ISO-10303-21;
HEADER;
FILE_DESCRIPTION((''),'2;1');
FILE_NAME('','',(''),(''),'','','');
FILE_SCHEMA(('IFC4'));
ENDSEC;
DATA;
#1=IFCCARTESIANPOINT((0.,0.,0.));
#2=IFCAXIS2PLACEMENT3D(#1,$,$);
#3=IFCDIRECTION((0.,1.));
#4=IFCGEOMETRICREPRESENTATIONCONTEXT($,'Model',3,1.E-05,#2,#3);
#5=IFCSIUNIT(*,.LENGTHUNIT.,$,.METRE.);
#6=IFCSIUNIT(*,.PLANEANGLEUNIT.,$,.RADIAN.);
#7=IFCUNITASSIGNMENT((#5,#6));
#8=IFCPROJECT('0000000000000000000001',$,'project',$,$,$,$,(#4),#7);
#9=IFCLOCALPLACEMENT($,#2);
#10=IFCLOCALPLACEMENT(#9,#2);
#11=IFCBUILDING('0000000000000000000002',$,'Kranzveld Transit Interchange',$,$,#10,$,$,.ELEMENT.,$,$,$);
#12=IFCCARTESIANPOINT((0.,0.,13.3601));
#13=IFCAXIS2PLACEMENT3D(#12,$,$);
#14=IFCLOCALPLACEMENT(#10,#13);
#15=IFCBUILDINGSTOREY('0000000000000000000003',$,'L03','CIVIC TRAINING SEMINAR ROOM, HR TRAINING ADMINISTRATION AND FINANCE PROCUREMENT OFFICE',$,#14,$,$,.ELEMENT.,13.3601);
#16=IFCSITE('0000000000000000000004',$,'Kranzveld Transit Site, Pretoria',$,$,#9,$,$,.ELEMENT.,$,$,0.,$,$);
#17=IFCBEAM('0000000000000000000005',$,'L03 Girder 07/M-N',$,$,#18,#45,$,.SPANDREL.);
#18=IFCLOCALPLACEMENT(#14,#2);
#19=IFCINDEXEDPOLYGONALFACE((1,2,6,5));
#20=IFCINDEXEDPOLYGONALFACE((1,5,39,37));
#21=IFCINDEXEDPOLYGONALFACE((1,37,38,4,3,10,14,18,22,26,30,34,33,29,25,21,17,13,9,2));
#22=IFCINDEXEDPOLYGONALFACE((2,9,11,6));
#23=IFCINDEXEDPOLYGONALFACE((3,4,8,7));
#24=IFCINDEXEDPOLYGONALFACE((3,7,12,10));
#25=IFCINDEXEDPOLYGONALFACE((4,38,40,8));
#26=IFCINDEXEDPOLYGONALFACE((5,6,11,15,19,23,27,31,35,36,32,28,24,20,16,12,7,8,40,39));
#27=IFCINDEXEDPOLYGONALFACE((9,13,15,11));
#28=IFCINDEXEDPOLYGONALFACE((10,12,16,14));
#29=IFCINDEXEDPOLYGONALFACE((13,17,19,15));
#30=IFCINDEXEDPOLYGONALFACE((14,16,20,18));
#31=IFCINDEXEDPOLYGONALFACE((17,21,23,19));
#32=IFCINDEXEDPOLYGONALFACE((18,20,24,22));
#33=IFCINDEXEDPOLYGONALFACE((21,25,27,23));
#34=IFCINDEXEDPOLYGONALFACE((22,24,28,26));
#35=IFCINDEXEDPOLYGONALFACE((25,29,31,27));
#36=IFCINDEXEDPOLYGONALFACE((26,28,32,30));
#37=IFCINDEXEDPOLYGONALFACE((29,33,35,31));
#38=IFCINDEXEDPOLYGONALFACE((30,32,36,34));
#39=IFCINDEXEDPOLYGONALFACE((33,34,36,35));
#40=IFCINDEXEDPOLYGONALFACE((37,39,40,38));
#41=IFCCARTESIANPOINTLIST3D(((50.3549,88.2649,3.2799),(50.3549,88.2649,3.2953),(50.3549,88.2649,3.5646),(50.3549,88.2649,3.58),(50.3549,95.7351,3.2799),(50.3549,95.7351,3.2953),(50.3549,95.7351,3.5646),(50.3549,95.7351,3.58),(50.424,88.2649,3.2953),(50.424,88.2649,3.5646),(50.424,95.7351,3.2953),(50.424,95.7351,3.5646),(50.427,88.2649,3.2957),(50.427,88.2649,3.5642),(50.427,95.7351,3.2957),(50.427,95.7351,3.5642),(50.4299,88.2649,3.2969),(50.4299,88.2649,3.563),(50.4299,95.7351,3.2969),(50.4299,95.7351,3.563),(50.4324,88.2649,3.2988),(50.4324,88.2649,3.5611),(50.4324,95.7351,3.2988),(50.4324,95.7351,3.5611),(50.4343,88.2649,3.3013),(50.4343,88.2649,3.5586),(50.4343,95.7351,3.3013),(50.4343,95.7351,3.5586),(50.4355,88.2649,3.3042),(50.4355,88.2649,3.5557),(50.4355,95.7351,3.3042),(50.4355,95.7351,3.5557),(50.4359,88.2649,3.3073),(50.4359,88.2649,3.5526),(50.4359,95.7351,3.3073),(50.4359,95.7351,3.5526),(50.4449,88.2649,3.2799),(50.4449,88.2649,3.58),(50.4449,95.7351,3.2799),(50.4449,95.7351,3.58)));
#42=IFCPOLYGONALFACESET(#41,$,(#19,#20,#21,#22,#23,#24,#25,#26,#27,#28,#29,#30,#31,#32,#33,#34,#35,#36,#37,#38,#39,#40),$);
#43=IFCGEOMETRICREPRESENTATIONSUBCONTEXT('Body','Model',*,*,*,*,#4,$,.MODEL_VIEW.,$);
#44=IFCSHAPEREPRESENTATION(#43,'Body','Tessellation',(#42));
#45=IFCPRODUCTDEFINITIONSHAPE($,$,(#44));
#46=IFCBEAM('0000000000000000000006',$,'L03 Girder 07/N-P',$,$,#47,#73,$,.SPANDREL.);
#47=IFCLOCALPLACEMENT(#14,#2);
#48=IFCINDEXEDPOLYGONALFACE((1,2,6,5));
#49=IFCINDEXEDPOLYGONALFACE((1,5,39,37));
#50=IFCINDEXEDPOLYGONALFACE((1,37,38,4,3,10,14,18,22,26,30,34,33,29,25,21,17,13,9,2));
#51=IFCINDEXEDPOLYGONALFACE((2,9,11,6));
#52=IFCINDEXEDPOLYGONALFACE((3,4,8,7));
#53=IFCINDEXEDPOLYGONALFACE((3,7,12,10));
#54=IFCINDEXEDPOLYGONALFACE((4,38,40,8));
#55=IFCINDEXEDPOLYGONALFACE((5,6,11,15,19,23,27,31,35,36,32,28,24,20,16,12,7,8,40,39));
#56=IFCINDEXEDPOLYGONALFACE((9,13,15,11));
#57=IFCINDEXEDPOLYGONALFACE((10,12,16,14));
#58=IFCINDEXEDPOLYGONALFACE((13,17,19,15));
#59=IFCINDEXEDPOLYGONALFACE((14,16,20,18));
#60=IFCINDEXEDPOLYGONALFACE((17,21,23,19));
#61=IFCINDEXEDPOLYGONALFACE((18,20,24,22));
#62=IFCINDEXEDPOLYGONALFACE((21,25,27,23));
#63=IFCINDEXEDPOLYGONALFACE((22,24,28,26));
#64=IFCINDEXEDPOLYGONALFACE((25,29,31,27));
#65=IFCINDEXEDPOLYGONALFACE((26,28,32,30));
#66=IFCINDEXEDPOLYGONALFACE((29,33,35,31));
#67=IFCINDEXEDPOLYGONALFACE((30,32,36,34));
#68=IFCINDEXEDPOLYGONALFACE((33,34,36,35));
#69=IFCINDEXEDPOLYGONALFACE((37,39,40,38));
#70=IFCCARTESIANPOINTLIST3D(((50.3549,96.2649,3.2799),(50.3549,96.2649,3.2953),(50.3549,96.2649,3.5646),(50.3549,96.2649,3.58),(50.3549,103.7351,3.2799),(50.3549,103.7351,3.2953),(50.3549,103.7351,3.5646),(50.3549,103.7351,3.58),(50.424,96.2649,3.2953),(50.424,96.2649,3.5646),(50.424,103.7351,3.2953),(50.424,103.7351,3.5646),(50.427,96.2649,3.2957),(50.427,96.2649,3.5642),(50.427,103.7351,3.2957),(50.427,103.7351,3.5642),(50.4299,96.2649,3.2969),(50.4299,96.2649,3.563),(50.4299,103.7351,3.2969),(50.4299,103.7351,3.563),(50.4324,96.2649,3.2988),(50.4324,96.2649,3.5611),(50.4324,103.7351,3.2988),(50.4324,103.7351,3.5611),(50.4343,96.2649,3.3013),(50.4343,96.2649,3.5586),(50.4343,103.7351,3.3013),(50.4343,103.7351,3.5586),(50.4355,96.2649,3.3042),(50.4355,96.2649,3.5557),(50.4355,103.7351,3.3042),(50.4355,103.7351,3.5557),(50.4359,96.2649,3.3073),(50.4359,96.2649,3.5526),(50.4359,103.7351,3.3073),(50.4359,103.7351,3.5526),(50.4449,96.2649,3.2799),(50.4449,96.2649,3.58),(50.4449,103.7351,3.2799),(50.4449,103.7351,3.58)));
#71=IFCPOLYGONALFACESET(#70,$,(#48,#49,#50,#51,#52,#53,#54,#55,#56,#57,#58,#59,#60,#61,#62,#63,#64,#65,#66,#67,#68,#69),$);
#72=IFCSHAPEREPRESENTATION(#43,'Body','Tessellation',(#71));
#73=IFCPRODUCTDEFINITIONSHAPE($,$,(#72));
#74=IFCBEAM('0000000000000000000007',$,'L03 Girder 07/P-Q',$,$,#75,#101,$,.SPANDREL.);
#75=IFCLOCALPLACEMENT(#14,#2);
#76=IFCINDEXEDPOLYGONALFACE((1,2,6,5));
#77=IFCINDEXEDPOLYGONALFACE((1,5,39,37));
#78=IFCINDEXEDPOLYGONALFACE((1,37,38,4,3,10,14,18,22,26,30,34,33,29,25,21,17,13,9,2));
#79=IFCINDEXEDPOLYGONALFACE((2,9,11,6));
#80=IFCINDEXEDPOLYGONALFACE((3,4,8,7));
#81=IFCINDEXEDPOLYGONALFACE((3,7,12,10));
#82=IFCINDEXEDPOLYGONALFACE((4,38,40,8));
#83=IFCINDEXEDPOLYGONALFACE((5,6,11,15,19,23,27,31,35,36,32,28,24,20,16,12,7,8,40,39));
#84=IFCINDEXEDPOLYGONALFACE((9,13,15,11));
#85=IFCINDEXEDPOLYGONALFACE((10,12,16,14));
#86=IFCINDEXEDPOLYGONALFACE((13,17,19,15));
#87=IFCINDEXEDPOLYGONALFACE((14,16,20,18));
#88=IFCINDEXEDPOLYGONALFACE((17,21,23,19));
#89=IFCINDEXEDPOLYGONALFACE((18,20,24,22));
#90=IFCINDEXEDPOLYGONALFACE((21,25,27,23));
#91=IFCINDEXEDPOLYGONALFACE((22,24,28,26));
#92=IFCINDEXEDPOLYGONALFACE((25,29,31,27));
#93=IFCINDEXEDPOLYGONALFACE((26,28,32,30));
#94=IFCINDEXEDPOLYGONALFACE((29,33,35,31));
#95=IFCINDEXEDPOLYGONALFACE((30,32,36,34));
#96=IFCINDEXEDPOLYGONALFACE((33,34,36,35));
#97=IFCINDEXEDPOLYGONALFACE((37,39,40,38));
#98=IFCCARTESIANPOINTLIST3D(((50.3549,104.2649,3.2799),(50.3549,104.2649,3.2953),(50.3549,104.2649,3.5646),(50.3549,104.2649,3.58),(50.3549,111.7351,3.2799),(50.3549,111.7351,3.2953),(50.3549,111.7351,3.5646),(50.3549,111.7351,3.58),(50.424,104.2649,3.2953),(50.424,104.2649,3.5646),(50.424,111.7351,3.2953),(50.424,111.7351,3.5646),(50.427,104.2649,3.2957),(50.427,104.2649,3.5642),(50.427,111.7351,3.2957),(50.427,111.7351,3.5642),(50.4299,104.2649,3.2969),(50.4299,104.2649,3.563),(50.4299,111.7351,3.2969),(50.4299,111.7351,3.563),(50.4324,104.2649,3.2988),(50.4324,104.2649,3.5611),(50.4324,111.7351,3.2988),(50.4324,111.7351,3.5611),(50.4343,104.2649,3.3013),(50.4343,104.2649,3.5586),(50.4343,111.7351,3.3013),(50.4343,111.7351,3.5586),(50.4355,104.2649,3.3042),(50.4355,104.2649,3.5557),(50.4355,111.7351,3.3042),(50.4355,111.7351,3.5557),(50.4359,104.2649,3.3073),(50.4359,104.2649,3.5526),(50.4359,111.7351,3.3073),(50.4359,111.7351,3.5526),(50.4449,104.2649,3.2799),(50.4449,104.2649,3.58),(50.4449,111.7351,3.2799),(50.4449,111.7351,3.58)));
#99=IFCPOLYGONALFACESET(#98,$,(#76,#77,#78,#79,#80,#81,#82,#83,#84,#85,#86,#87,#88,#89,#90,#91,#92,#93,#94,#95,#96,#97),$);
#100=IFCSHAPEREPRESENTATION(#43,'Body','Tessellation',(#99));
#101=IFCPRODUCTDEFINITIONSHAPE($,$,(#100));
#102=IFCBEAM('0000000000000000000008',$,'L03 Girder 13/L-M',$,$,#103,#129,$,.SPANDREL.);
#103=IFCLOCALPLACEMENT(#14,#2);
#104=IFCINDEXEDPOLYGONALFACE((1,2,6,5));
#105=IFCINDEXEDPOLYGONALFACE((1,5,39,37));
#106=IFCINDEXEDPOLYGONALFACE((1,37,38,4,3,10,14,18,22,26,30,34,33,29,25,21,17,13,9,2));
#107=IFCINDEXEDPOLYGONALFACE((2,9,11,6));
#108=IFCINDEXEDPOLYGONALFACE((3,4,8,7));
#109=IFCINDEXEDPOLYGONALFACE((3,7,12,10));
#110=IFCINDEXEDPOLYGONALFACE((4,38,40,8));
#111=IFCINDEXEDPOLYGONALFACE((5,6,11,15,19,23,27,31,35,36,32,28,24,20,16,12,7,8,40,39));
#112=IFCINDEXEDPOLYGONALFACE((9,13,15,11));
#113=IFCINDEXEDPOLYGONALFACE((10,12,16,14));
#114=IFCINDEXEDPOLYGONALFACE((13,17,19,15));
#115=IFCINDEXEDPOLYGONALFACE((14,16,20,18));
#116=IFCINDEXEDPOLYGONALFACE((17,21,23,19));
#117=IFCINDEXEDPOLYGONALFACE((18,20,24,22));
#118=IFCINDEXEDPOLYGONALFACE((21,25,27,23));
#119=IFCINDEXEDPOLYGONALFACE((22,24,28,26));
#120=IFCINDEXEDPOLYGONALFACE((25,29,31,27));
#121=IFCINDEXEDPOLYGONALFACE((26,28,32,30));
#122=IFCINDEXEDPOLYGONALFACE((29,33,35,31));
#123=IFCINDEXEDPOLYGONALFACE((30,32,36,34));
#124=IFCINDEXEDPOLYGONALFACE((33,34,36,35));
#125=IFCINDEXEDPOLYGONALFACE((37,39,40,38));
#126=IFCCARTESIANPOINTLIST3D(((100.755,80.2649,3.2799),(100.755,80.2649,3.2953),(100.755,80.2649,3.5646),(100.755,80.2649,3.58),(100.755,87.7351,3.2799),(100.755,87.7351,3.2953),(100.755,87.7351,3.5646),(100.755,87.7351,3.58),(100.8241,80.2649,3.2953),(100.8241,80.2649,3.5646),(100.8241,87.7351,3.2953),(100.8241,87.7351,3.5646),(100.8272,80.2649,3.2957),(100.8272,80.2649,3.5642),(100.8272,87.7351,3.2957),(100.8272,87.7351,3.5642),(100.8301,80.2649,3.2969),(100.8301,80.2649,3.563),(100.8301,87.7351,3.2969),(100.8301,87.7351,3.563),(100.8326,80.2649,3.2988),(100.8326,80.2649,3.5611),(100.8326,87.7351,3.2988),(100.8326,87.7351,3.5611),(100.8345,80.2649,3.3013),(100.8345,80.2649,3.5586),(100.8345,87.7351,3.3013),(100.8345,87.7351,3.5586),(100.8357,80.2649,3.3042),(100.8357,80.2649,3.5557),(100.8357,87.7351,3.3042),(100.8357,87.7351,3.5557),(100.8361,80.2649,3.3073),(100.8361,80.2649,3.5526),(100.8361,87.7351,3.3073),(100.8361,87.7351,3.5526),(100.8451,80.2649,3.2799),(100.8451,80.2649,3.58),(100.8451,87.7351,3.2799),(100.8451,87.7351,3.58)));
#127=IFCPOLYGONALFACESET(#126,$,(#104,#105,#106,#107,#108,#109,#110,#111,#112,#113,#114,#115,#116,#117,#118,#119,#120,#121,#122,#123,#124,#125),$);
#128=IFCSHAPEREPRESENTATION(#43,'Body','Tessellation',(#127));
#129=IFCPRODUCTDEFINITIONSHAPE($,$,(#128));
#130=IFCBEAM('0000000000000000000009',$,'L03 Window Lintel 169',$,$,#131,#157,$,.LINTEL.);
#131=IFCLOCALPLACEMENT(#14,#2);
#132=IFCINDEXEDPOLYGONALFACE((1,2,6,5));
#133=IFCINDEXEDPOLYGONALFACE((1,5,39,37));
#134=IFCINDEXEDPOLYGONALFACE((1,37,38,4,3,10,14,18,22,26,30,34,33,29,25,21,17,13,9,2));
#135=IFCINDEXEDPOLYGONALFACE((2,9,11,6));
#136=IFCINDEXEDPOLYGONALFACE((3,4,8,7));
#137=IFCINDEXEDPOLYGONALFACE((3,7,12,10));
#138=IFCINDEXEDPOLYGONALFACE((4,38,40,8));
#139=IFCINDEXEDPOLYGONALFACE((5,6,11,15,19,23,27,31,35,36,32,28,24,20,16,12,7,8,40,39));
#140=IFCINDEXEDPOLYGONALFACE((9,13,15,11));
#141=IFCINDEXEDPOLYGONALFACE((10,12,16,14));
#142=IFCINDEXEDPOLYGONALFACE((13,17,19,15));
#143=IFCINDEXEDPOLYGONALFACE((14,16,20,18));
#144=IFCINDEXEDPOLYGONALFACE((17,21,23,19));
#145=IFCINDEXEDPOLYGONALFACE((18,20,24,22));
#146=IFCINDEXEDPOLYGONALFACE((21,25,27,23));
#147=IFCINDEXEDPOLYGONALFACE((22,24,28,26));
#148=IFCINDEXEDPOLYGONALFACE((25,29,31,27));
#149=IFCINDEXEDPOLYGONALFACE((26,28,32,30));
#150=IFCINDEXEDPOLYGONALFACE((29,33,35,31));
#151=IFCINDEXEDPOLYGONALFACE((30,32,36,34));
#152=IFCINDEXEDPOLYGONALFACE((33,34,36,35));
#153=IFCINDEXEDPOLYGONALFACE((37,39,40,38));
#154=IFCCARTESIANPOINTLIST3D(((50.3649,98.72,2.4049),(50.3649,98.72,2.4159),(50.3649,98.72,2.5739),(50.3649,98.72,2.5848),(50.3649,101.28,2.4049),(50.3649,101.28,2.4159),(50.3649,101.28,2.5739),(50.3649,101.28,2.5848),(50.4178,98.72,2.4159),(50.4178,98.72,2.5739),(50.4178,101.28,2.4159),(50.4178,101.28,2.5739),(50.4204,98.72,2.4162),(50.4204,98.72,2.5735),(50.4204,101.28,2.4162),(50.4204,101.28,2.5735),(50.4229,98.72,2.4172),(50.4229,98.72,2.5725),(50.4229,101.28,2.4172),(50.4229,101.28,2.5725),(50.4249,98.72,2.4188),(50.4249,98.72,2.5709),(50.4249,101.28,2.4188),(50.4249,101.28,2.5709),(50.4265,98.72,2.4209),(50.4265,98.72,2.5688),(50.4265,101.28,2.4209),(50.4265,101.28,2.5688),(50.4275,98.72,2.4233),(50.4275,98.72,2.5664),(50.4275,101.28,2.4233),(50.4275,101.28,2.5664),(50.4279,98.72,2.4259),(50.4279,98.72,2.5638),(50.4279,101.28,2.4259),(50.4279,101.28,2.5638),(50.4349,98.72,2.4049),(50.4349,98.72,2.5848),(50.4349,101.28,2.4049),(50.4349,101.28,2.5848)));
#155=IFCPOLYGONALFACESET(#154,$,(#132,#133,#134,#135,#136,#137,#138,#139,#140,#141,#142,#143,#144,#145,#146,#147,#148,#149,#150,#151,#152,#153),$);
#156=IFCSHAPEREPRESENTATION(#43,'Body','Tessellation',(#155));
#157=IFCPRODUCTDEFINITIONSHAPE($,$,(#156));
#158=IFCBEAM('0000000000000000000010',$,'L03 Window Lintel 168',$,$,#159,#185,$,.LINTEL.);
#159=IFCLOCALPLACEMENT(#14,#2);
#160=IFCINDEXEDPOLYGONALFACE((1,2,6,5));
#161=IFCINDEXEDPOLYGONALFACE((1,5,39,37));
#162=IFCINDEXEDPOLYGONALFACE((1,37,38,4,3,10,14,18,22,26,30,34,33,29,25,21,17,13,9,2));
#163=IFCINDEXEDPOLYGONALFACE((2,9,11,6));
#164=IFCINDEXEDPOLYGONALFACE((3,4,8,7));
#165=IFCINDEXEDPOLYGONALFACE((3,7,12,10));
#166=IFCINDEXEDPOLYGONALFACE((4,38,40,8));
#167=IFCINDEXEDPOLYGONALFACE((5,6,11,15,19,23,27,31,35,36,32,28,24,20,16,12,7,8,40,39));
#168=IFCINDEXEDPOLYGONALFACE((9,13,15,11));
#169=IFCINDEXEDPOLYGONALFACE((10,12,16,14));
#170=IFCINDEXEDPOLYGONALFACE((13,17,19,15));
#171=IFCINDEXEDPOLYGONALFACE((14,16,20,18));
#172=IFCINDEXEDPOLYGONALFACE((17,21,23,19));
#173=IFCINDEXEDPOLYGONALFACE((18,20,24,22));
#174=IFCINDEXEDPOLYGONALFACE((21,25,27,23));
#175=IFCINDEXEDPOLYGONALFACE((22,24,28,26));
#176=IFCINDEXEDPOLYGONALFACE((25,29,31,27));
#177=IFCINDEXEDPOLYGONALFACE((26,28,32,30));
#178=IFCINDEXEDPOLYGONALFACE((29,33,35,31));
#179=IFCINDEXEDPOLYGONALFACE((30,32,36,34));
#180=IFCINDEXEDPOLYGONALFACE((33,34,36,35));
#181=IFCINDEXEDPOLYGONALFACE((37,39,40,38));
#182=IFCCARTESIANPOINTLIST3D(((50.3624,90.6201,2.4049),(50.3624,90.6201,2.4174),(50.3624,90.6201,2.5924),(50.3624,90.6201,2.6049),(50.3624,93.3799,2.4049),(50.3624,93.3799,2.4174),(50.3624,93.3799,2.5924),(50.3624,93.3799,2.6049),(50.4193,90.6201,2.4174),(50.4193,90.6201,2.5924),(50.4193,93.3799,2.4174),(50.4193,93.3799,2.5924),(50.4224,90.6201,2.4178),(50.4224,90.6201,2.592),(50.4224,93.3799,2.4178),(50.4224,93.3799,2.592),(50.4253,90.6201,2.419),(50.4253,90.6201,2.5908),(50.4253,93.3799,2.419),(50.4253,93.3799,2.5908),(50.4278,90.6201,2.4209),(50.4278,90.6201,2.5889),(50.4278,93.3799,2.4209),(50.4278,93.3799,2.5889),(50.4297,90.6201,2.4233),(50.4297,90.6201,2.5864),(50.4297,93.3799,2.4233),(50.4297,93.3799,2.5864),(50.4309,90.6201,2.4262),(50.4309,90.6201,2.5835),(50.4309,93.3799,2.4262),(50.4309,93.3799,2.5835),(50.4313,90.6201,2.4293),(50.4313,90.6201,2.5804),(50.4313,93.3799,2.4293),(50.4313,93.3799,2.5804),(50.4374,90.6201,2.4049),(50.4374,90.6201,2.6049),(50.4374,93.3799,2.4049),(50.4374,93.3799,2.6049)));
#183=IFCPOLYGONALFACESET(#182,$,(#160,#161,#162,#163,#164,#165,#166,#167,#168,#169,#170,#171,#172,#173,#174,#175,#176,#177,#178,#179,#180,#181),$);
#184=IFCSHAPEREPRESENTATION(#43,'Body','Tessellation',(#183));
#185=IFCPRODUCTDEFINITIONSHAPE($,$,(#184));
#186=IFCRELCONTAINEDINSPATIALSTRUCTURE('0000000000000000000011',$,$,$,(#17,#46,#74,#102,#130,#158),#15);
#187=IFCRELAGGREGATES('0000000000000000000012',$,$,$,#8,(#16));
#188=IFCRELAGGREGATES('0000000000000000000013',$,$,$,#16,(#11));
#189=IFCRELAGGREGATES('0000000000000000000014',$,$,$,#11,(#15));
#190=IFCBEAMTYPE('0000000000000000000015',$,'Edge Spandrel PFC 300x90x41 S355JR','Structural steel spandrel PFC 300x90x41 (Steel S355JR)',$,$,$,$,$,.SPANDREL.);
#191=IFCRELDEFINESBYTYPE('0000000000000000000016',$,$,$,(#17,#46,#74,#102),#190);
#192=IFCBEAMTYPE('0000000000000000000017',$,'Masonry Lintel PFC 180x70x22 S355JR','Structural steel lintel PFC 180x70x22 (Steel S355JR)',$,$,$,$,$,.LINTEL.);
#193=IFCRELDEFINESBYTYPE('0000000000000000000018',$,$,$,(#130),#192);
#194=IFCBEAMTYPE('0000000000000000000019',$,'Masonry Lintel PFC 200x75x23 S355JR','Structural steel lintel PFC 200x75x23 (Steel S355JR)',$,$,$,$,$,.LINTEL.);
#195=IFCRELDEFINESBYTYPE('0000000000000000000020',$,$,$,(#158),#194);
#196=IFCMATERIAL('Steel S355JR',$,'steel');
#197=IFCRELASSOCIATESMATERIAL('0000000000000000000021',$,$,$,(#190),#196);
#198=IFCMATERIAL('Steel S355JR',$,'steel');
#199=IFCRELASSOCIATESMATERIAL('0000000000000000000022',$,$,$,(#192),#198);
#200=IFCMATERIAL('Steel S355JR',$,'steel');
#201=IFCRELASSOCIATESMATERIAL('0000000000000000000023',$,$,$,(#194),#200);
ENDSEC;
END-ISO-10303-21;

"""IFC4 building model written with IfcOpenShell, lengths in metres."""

from ifc_helpers import new_model, si_unit, direction, frame, origin, origin_2d, place, context, subcontext, project, spatial, u_section, extrude, material, material_profile, profile_set, type_object, element, save


model = new_model("IFC4")

# Units and contexts
model_context = context("Model", 3, precision=1e-05, world=origin(), true_north=direction((0.0, 1.0)))
body_context = subcontext(model_context, "Body", "Model", "MODEL_VIEW")
ifc_project = project(units=[si_unit("LENGTHUNIT", "METRE"), si_unit("PLANEANGLEUNIT", "RADIAN")], contexts=[model_context])

# Site, building, storey
site_placement = place(None, origin())
site = spatial("IfcSite", under=ifc_project, at=site_placement, Name="Kranzveld Transit Site, Pretoria", CompositionType="ELEMENT", RefElevation=0.0)
building_placement = place(site_placement, origin())
building = spatial("IfcBuilding", under=site, at=building_placement, Name="Kranzveld Transit Interchange", CompositionType="ELEMENT")
storey_placement = place(building_placement, frame((0.0, 0.0, 13.3601)))
storey = spatial("IfcBuildingStorey", under=building, at=storey_placement, Name="L03", Description="CIVIC TRAINING SEMINAR ROOM, HR TRAINING ADMINISTRATION AND FINANCE PROCUREMENT OFFICE", CompositionType="ELEMENT", Elevation=13.3601)

# Beams
ifc_material_1 = material(Name="Steel S355JR", Category="steel")
ifc_material_profile_1 = material_profile(ifc_material_1, u_section(Depth=0.3, FlangeWidth=0.0901, WebThickness=0.009, FlangeThickness=0.0154, FilletRadius=0.012, at=origin_2d()), Name="PFC 300x90x41")
ifc_profile_set_1 = profile_set([ifc_material_profile_1], Name="Steel S355JR")
beam_type_1 = type_object("IfcBeamType", Name="Edge Spandrel PFC 300x90x41 S355JR", Description="Structural steel spandrel PFC 300x90x41 (Steel S355JR)", PredefinedType="SPANDREL", material=ifc_profile_set_1)
for number, where, z_axis, x_axis, name in (
    (1, (50.3999, 88.2649, 3.4299), (0.0, 1.0, 0.0), (-1.0, 0.0, 0.0), "L03 Girder 07/M-N"),
    (2, (50.3999, 96.2649, 3.4299), (0.0, 1.0, 0.0), (-1.0, 0.0, 0.0), "L03 Girder 07/N-P"),
    (3, (50.3999, 104.2649, 3.4299), (0.0, 1.0, 0.0), (-1.0, 0.0, 0.0), "L03 Girder 07/P-Q"),
    (4, (100.8, 80.2649, 3.4299), (0.0, 1.0, 0.0), (-1.0, 0.0, 0.0), "L03 Girder 13/L-M"),
):
    element("IfcBeam", number, at=place(storey_placement, frame(where, z_axis=z_axis, x_axis=x_axis)), inside=storey, type_object=beam_type_1, Name=name, PredefinedType="SPANDREL", context=body_context, shape_type="SweptSolid", body=[
        extrude(u_section(Depth=0.3, FlangeWidth=0.0901, WebThickness=0.009, FlangeThickness=0.0154, FilletRadius=0.012, at=origin_2d()), origin(), (0.0, 0.0, 1.0), 7.4702),
    ])
ifc_material_2 = material(Name="Steel S355JR", Category="steel")
ifc_material_profile_2 = material_profile(ifc_material_2, u_section(Depth=0.1799, FlangeWidth=0.0701, WebThickness=0.0071, FlangeThickness=0.011, FilletRadius=0.01, at=origin_2d()), Name="PFC 180x70x22")
ifc_profile_set_2 = profile_set([ifc_material_profile_2], Name="Steel S355JR")
beam_type_2 = type_object("IfcBeamType", Name="Masonry Lintel PFC 180x70x22 S355JR", Description="Structural steel lintel PFC 180x70x22 (Steel S355JR)", PredefinedType="LINTEL", material=ifc_profile_set_2)
beam_1_placement = place(storey_placement, frame((50.3999, 98.72, 2.4949), z_axis=(0.0, 1.0, 0.0), x_axis=(-1.0, 0.0, 0.0)))
element("IfcBeam", 5, at=beam_1_placement, inside=storey, type_object=beam_type_2, Name="L03 Window Lintel 169", PredefinedType="LINTEL", context=body_context, shape_type="SweptSolid", body=[
    extrude(u_section(Depth=0.1799, FlangeWidth=0.0701, WebThickness=0.0071, FlangeThickness=0.011, FilletRadius=0.01, at=origin_2d()), origin(), (0.0, 0.0, 1.0), 2.5601),
])
ifc_material_3 = material(Name="Steel S355JR", Category="steel")
ifc_material_profile_3 = material_profile(ifc_material_3, u_section(Depth=0.2, FlangeWidth=0.075, WebThickness=0.0061, FlangeThickness=0.0125, FilletRadius=0.012, at=origin_2d()), Name="PFC 200x75x23")
ifc_profile_set_3 = profile_set([ifc_material_profile_3], Name="Steel S355JR")
beam_type_3 = type_object("IfcBeamType", Name="Masonry Lintel PFC 200x75x23 S355JR", Description="Structural steel lintel PFC 200x75x23 (Steel S355JR)", PredefinedType="LINTEL", material=ifc_profile_set_3)
beam_2_placement = place(storey_placement, frame((50.3999, 90.6201, 2.5049), z_axis=(0.0, 1.0, 0.0), x_axis=(-1.0, 0.0, 0.0)))
element("IfcBeam", 6, at=beam_2_placement, inside=storey, type_object=beam_type_3, Name="L03 Window Lintel 168", PredefinedType="LINTEL", context=body_context, shape_type="SweptSolid", body=[
    extrude(u_section(Depth=0.2, FlangeWidth=0.075, WebThickness=0.0061, FlangeThickness=0.0125, FilletRadius=0.012, at=origin_2d()), origin(), (0.0, 0.0, 1.0), 2.7598),
])

save(model, "model.ifc")
